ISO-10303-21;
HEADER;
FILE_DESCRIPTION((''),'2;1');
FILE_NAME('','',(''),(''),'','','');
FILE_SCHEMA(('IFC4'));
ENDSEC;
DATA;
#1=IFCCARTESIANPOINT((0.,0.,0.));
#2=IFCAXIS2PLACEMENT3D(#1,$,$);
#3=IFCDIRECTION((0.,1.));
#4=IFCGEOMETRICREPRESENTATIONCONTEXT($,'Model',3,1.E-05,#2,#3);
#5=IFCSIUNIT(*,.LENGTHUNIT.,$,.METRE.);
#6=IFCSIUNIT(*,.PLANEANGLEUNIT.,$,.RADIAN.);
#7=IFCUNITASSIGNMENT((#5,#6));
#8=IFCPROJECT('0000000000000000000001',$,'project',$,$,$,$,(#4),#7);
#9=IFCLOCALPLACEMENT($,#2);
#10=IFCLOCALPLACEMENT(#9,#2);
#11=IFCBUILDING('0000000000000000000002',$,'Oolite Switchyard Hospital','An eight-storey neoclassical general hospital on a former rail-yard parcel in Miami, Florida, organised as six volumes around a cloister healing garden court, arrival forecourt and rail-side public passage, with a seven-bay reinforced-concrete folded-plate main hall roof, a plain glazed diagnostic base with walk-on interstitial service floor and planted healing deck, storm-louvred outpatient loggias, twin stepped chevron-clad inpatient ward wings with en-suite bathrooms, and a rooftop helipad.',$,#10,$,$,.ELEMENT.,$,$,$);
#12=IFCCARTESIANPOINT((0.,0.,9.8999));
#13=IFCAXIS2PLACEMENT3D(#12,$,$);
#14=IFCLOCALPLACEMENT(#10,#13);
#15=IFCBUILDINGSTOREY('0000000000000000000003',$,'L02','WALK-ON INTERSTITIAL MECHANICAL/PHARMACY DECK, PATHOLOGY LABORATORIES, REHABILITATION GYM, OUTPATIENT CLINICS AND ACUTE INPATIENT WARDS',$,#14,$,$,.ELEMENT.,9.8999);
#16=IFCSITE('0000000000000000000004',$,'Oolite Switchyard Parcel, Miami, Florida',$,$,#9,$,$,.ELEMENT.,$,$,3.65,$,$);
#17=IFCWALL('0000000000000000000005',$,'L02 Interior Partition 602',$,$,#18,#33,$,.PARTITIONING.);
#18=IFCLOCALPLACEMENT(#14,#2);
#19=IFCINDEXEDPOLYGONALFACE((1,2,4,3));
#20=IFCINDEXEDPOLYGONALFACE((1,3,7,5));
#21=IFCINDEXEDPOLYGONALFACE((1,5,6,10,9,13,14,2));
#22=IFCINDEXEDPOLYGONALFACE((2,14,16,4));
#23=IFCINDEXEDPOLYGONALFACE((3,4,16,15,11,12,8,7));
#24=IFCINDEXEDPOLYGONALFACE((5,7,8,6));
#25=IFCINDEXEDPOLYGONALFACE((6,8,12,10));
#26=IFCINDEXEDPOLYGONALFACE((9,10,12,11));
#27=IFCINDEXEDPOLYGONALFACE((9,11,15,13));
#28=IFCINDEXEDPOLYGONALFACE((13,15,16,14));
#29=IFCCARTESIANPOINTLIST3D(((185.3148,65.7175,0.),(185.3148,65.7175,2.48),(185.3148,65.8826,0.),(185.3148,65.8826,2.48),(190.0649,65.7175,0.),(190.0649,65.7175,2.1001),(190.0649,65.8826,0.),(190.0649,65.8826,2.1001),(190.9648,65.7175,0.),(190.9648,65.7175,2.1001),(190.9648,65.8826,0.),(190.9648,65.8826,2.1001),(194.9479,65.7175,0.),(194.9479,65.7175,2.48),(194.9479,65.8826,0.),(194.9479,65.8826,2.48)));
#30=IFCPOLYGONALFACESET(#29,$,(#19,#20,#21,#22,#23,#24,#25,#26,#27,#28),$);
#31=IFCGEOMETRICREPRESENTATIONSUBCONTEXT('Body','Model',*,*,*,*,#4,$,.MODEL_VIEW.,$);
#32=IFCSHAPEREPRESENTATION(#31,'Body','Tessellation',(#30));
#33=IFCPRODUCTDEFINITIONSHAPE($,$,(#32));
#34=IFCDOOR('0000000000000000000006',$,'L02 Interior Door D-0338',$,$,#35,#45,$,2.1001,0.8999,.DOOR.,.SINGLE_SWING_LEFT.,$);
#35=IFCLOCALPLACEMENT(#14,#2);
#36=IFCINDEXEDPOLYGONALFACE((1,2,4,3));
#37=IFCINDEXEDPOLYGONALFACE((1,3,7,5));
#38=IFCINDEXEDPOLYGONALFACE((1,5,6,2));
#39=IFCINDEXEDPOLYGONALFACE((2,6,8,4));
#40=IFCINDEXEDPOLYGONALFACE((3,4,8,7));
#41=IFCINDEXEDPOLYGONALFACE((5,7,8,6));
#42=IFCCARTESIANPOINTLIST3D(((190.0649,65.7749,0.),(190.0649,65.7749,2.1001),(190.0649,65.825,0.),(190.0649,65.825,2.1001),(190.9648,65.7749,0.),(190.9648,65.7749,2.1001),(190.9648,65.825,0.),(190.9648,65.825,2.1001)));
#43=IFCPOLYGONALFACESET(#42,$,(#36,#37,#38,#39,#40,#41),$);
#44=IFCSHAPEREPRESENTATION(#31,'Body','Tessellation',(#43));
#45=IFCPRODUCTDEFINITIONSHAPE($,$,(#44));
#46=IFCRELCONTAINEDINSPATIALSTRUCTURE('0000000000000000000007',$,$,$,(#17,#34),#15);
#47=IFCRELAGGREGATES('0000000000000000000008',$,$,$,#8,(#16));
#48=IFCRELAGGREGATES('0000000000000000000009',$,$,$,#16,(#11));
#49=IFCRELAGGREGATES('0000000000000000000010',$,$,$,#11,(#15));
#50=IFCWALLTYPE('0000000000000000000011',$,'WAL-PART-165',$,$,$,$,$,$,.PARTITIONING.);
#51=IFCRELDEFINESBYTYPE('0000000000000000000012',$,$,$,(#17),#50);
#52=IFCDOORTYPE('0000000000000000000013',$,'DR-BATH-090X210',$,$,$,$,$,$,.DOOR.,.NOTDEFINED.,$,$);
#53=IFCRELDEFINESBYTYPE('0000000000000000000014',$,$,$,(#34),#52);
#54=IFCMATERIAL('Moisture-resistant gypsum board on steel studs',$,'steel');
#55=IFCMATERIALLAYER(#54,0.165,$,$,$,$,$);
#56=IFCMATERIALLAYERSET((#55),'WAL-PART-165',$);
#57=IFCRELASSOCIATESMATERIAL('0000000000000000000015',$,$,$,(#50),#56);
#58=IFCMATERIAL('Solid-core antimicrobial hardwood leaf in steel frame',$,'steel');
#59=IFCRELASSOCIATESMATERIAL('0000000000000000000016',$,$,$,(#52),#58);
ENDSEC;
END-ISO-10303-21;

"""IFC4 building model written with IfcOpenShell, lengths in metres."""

from ifc_helpers import new_model, si_unit, direction, frame, frame_2d, origin, place, context, subcontext, project, spatial, rectangle, extrude, material, layer, layer_set, type_object, element, fill, save


model = new_model("IFC4")

# Units and contexts
model_context = context("Model", 3, precision=1e-05, world=origin(), true_north=direction((0.0, 1.0)))
body_context = subcontext(model_context, "Body", "Model", "MODEL_VIEW")
ifc_project = project(units=[si_unit("LENGTHUNIT", "METRE"), si_unit("PLANEANGLEUNIT", "RADIAN")], contexts=[model_context])

# Site, building, storey
site_placement = place(None, origin())
site = spatial("IfcSite", under=ifc_project, at=site_placement, Name="Oolite Switchyard Parcel, Miami, Florida", CompositionType="ELEMENT", RefElevation=3.65)
building_placement = place(site_placement, origin())
building = spatial("IfcBuilding", under=site, at=building_placement, Name="Oolite Switchyard Hospital", Description="An eight-storey neoclassical general hospital on a former rail-yard parcel in Miami, Florida, organised as six volumes around a cloister healing garden court, arrival forecourt and rail-side public passage, with a seven-bay reinforced-concrete folded-plate main hall roof, a plain glazed diagnostic base with walk-on interstitial service floor and planted healing deck, storm-louvred outpatient loggias, twin stepped chevron-clad inpatient ward wings with en-suite bathrooms, and a rooftop helipad.", CompositionType="ELEMENT")
storey_placement = place(building_placement, frame((0.0, 0.0, 9.8999)))
storey = spatial("IfcBuildingStorey", under=building, at=storey_placement, Name="L02", Description="WALK-ON INTERSTITIAL MECHANICAL/PHARMACY DECK, PATHOLOGY LABORATORIES, REHABILITATION GYM, OUTPATIENT CLINICS AND ACUTE INPATIENT WARDS", CompositionType="ELEMENT", Elevation=9.8999)

# Shared definitions
ifc_material_1 = material(Name="Moisture-resistant gypsum board on steel studs", Category="steel")

# Wall, opening, door
ifc_layer_1 = layer(ifc_material_1, 0.165)
ifc_layer_set_1 = layer_set([ifc_layer_1], Name="WAL-PART-165")
wall_type_1 = type_object("IfcWallType", Name="WAL-PART-165", PredefinedType="PARTITIONING", material=ifc_layer_set_1)
ifc_material_2 = material(Name="Solid-core antimicrobial hardwood leaf in steel frame", Category="steel")
wall_1_placement = place(storey_placement, frame((185.3149, 65.8, 0.0), z_axis=(0.0, 0.0, 1.0), x_axis=(1.0, 0.0, 0.0)))
wall_1 = element("IfcWall", 1, at=wall_1_placement, inside=storey, type_object=wall_type_1, Name="L02 Interior Partition 602", PredefinedType="PARTITIONING", context=body_context, shape_type="SweptSolid", body=[
    extrude(rectangle(XDim=9.6331, YDim=0.165, at=frame_2d((4.8164, 0.0))), origin(), (0.0, 0.0, 1.0), 2.48),
])
opening_1_placement = place(wall_1_placement, frame((4.75, 0.0, 0.0)))
opening_1 = element("IfcOpeningElement", 2, at=opening_1_placement, cuts=wall_1, PredefinedType="OPENING", context=body_context, shape_type="SweptSolid", body=[
    extrude(rectangle(XDim=0.8999, YDim=2.1001, at=frame_2d((0.45, 1.05))), frame((0.0, 0.0925, 0.0), z_axis=(0.0, -1.0, 0.0), x_axis=(1.0, 0.0, 0.0)), (0.0, 0.0, 1.0), 0.1851),
])
door_type_1 = type_object("IfcDoorType", Name="DR-BATH-090X210", OperationType="NOTDEFINED", PredefinedType="DOOR", material=ifc_material_2)
door_1_placement = place(opening_1_placement, origin())
door_1 = element("IfcDoor", 3, at=door_1_placement, inside=storey, type_object=door_type_1, Name="L02 Interior Door D-0338", OperationType="SINGLE_SWING_LEFT", OverallHeight=2.1001, OverallWidth=0.8999, PredefinedType="DOOR", context=body_context, shape_type="SweptSolid", body=[
    extrude(rectangle(XDim=0.8999, YDim=2.1001, at=frame_2d((0.45, 1.05))), frame((0.0, 0.0249, 0.0), z_axis=(0.0, -1.0, 0.0), x_axis=(1.0, 0.0, 0.0)), (0.0, 0.0, 1.0), 0.05),
])
fill(opening_1, door_1)

save(model, "model.ifc")
